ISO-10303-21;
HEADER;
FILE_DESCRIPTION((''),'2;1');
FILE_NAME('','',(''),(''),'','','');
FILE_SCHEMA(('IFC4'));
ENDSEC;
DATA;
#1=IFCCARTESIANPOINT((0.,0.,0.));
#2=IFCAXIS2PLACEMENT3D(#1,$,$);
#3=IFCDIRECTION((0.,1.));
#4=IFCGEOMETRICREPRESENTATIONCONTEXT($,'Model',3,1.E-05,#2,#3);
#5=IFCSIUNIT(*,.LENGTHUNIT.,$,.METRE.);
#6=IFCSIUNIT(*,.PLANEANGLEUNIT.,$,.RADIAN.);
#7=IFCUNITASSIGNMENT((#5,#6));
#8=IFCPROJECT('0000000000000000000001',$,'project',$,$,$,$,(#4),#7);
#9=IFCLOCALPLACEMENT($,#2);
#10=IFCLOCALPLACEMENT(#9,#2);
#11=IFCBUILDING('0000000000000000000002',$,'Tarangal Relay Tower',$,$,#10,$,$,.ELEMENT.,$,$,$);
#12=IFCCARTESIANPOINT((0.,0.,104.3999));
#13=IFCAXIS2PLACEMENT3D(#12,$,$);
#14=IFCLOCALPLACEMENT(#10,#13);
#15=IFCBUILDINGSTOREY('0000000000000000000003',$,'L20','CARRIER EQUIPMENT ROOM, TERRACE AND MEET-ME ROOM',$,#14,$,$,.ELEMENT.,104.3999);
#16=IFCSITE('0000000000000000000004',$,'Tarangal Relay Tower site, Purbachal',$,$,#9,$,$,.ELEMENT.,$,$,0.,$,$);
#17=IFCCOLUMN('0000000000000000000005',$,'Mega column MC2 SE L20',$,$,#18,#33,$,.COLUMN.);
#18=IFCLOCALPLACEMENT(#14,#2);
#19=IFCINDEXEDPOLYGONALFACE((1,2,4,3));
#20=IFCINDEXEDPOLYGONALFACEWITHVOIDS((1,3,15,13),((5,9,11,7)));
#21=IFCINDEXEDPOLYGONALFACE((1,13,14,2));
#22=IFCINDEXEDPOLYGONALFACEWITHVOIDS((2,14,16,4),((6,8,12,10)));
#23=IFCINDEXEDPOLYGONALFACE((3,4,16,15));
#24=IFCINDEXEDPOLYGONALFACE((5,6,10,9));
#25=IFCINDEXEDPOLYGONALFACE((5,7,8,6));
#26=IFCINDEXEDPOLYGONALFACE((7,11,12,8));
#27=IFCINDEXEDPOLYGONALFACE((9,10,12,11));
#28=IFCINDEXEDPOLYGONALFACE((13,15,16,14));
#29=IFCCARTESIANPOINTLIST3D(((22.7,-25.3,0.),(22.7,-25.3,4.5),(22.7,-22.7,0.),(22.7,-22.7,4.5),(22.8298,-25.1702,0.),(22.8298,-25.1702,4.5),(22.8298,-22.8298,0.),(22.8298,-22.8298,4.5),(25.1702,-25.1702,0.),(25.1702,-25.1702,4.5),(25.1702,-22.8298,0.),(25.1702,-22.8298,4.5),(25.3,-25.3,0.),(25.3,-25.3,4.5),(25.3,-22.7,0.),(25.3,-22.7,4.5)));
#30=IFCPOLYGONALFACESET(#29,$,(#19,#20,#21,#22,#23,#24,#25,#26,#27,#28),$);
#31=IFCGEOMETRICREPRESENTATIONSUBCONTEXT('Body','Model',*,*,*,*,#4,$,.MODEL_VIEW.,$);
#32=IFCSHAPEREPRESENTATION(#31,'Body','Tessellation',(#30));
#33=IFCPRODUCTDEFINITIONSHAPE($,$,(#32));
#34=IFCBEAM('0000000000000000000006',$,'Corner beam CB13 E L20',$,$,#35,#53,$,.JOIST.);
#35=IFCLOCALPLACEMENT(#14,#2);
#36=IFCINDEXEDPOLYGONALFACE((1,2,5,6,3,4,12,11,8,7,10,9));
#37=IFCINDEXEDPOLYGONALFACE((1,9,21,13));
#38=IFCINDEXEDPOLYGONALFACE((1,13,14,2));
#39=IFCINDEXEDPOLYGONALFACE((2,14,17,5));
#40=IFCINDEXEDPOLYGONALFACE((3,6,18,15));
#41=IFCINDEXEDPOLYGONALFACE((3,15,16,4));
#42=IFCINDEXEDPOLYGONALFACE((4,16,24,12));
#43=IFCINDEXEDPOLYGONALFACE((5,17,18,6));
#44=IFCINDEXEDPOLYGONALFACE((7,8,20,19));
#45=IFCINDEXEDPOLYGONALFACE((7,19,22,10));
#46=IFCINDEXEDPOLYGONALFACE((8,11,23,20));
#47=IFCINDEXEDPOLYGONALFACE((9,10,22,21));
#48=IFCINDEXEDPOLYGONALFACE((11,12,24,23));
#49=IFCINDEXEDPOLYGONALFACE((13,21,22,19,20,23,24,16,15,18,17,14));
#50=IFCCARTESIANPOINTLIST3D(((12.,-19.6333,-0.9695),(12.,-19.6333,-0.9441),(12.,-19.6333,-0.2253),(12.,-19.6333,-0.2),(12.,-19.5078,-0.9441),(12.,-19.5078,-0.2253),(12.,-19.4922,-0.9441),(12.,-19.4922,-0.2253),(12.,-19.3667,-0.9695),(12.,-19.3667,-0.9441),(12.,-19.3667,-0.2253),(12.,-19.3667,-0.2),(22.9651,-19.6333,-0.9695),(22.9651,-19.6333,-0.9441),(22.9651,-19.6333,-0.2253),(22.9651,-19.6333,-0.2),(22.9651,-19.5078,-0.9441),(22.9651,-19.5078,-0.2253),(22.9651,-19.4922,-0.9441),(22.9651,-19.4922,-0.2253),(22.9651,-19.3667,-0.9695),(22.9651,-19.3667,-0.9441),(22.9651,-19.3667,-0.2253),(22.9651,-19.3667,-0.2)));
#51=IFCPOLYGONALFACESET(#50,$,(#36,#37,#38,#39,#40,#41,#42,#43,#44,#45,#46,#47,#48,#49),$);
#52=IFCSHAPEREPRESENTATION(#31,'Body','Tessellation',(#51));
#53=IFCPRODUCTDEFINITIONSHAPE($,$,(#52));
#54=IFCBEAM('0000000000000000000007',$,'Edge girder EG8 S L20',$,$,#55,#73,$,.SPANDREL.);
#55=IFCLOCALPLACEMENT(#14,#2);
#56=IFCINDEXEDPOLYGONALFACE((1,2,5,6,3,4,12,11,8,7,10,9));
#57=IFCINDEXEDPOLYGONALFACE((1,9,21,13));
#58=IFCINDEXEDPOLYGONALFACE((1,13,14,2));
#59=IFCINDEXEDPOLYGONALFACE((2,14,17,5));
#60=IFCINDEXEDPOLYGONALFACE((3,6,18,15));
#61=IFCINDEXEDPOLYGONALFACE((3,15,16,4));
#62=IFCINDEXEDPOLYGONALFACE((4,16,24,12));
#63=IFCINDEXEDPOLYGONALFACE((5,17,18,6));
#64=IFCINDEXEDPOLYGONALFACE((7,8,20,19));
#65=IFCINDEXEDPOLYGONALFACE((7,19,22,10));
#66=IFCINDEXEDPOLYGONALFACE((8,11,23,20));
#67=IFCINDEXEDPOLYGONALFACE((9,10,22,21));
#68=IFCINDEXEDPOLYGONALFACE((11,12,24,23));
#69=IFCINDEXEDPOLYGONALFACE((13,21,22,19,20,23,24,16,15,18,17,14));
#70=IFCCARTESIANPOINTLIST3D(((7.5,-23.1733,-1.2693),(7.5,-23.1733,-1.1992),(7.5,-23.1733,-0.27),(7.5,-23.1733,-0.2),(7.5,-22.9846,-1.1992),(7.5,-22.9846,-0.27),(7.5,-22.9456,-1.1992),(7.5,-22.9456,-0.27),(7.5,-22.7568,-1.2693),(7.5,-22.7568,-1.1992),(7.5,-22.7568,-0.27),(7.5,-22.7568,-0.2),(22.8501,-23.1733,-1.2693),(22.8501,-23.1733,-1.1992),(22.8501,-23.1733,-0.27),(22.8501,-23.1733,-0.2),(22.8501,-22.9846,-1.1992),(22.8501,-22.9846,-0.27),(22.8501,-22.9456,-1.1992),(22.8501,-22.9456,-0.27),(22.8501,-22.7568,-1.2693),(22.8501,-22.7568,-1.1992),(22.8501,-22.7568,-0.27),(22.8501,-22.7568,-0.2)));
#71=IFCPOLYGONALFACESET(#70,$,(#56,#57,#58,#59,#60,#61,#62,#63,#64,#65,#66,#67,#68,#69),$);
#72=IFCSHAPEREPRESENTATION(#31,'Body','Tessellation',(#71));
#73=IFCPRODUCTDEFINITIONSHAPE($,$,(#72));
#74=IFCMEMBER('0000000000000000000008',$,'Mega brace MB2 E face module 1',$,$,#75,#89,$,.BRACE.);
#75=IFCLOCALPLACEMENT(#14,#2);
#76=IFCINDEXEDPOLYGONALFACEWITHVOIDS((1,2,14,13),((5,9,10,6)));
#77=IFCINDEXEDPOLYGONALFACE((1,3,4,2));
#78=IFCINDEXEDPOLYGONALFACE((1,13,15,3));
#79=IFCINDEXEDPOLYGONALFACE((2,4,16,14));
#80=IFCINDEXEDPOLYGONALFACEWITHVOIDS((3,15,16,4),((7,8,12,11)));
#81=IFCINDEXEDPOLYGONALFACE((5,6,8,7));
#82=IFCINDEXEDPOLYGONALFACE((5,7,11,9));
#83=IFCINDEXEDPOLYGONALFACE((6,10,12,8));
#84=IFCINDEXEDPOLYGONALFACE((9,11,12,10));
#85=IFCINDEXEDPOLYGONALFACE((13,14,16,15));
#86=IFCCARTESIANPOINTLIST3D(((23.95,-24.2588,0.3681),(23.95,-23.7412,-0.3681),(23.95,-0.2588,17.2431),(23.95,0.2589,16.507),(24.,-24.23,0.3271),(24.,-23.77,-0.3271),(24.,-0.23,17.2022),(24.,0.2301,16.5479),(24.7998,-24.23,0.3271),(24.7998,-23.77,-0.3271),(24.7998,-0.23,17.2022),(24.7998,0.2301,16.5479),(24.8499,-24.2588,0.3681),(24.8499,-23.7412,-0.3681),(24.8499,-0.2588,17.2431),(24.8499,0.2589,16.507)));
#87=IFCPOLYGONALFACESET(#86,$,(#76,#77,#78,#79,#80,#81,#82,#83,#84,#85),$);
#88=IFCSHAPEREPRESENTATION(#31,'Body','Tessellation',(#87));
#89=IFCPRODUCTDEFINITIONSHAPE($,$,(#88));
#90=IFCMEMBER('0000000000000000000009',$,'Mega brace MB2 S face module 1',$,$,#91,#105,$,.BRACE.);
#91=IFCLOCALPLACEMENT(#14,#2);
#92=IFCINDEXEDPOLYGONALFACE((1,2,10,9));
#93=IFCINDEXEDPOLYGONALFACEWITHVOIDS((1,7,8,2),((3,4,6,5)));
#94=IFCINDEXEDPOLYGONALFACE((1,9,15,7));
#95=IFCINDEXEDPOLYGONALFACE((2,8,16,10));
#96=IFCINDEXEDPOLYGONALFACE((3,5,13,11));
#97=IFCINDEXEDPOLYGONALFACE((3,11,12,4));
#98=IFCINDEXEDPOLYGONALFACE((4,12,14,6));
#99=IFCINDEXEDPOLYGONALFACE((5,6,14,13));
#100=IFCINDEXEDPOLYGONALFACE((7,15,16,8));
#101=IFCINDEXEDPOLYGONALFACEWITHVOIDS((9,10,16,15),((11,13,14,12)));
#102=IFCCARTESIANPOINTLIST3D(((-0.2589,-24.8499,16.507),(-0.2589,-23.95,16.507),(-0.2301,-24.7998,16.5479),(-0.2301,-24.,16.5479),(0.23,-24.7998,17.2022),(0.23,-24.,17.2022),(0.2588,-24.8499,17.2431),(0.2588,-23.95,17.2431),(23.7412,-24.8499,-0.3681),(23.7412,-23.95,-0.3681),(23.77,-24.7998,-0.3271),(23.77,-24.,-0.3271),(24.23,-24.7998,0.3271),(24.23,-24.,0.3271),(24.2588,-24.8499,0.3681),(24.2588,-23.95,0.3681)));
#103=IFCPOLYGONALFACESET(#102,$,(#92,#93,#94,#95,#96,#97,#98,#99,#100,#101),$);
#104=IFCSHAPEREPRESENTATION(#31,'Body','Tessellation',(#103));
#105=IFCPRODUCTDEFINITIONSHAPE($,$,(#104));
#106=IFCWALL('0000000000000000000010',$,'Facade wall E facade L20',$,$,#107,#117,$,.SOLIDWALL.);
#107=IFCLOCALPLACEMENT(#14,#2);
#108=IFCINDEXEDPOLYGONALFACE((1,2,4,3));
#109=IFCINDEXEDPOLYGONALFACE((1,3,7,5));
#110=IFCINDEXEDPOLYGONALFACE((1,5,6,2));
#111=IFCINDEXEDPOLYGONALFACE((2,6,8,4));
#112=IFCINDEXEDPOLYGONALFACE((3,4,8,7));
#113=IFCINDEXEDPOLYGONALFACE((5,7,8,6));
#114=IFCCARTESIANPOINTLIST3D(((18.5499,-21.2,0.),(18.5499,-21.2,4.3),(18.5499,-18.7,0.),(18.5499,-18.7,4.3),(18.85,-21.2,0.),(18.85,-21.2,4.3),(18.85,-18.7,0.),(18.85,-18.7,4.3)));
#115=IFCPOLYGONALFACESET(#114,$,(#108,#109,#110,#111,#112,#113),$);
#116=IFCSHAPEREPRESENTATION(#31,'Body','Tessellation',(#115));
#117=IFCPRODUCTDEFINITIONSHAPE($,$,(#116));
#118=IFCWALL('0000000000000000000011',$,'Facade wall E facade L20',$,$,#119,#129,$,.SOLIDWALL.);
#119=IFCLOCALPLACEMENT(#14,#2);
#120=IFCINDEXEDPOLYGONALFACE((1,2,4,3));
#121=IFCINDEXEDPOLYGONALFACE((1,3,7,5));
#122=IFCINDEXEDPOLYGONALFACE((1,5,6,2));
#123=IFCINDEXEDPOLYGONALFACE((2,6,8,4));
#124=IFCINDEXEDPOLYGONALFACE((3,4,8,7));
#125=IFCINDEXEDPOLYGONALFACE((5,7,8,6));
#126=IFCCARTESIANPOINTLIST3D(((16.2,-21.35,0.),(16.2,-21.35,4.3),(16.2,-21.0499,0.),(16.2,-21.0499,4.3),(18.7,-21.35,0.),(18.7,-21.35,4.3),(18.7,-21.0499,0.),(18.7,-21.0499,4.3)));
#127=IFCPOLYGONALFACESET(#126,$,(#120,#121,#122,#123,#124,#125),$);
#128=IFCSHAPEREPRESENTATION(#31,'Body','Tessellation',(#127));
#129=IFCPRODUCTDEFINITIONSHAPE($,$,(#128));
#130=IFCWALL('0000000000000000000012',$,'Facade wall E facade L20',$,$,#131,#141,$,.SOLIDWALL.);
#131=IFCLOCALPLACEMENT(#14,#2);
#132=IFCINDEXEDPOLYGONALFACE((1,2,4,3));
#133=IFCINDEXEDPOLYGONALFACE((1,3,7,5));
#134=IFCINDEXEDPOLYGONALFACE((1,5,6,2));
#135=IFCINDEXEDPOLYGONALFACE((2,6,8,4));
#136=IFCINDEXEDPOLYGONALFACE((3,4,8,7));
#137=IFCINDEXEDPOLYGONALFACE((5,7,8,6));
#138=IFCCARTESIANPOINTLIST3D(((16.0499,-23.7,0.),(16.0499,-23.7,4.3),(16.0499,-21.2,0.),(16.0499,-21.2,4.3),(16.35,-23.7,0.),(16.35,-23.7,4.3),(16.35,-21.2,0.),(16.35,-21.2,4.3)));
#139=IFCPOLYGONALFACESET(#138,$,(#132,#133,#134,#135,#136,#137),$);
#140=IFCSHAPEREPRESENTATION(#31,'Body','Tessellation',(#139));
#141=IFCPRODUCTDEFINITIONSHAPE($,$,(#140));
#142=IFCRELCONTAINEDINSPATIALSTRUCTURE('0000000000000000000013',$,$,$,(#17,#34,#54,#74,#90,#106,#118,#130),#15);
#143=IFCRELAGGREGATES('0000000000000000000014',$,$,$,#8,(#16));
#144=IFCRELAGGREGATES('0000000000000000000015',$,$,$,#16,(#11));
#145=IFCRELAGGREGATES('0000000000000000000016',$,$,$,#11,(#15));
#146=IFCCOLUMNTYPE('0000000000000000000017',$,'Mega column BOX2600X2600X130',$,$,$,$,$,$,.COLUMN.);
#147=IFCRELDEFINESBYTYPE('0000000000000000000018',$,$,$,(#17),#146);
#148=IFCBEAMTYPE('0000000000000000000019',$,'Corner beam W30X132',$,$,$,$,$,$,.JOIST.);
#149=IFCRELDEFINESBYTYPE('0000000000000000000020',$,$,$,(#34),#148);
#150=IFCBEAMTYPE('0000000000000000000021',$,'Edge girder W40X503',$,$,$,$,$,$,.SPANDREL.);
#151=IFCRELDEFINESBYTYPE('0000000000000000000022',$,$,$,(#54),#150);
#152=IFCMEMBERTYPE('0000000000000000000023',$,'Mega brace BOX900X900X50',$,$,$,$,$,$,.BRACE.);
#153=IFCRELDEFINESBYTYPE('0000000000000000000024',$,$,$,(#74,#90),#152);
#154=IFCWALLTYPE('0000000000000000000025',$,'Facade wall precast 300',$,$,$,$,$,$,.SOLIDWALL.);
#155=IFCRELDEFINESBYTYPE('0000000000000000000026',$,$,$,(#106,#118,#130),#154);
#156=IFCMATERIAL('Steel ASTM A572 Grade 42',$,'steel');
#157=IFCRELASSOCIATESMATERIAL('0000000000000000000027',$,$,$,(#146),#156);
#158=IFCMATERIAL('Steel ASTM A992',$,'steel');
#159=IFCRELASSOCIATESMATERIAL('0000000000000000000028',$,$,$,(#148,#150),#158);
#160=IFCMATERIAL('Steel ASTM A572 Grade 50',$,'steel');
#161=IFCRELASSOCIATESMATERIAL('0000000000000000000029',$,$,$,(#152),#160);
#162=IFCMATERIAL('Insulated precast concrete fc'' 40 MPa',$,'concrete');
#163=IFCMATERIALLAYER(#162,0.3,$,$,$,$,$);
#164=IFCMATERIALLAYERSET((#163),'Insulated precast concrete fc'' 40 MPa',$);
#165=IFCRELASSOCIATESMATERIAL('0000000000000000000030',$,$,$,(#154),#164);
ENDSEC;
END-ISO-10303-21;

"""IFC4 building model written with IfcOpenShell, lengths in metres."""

from ifc_helpers import new_model, si_unit, direction, frame, frame_2d, origin, origin_2d, place, context, subcontext, project, spatial, rectangle, hollow_rectangle, i_section, extrude, material, layer, layer_set, material_profile, profile_set, type_object, element, save


model = new_model("IFC4")

# Units and contexts
model_context = context("Model", 3, precision=1e-05, world=origin(), true_north=direction((0.0, 1.0)))
body_context = subcontext(model_context, "Body", "Model", "MODEL_VIEW")
ifc_project = project(units=[si_unit("LENGTHUNIT", "METRE"), si_unit("PLANEANGLEUNIT", "RADIAN")], contexts=[model_context])

# Site, building, storey
site_placement = place(None, origin())
site = spatial("IfcSite", under=ifc_project, at=site_placement, Name="Tarangal Relay Tower site, Purbachal", CompositionType="ELEMENT", RefElevation=0.0)
building_placement = place(site_placement, origin())
building = spatial("IfcBuilding", under=site, at=building_placement, Name="Tarangal Relay Tower", CompositionType="ELEMENT")
storey_placement = place(building_placement, frame((0.0, 0.0, 104.3999)))
storey = spatial("IfcBuildingStorey", under=building, at=storey_placement, Name="L20", Description="CARRIER EQUIPMENT ROOM, TERRACE AND MEET-ME ROOM", CompositionType="ELEMENT", Elevation=104.3999)

# Column
ifc_material_1 = material(Name="Steel ASTM A572 Grade 42", Category="steel")
ifc_material_profile_1 = material_profile(ifc_material_1, hollow_rectangle(XDim=2.6001, YDim=2.6001, WallThickness=0.1299, at=origin_2d()), Name="BOX2600X2600X130")
ifc_profile_set_1 = profile_set([ifc_material_profile_1], Name="Steel ASTM A572 Grade 42")
column_type = type_object("IfcColumnType", Name="Mega column BOX2600X2600X130", PredefinedType="COLUMN", material=ifc_profile_set_1)
column_placement = place(storey_placement, frame((24.0, -24.0, 0.0), z_axis=(0.0, 0.0, 1.0), x_axis=(1.0, 0.0, 0.0)))
element("IfcColumn", 1, at=column_placement, inside=storey, type_object=column_type, Name="Mega column MC2 SE L20", PredefinedType="COLUMN", context=body_context, shape_type="SweptSolid", body=[
    extrude(hollow_rectangle(XDim=2.6001, YDim=2.6001, WallThickness=0.1299, at=origin_2d()), origin(), (0.0, 0.0, 1.0), 4.5),
])

# Beams
ifc_material_2 = material(Name="Steel ASTM A992", Category="steel")
ifc_material_profile_2 = material_profile(ifc_material_2, i_section(OverallWidth=0.2666, OverallDepth=0.7695, WebThickness=0.0156, FlangeThickness=0.0254, at=origin_2d()), Name="W30X132")
ifc_profile_set_2 = profile_set([ifc_material_profile_2], Name="Steel ASTM A992")
beam_type_1 = type_object("IfcBeamType", Name="Corner beam W30X132", PredefinedType="JOIST", material=ifc_profile_set_2)
beam_1_placement = place(storey_placement, frame((12.0, -19.5, -0.5847), z_axis=(1.0, 0.0, 0.0), x_axis=(0.0, 1.0, 0.0)))
element("IfcBeam", 2, at=beam_1_placement, inside=storey, type_object=beam_type_1, Name="Corner beam CB13 E L20", PredefinedType="JOIST", context=body_context, shape_type="SweptSolid", body=[
    extrude(i_section(OverallWidth=0.2666, OverallDepth=0.7695, WebThickness=0.0156, FlangeThickness=0.0254, at=origin_2d()), origin(), (0.0, 0.0, 1.0), 10.9651),
])
ifc_material_profile_3 = material_profile(ifc_material_2, i_section(OverallWidth=0.4165, OverallDepth=1.0693, WebThickness=0.0391, FlangeThickness=0.0701, at=origin_2d()), Name="W40X503")
ifc_profile_set_3 = profile_set([ifc_material_profile_3], Name="Steel ASTM A992")
beam_type_2 = type_object("IfcBeamType", Name="Edge girder W40X503", PredefinedType="SPANDREL", material=ifc_profile_set_3)
beam_2_placement = place(storey_placement, frame((22.8501, -22.9651, -0.7346), z_axis=(-1.0, 0.0, 0.0), x_axis=(0.0, -1.0, 0.0)))
element("IfcBeam", 3, at=beam_2_placement, inside=storey, type_object=beam_type_2, Name="Edge girder EG8 S L20", PredefinedType="SPANDREL", context=body_context, shape_type="SweptSolid", body=[
    extrude(i_section(OverallWidth=0.4165, OverallDepth=1.0693, WebThickness=0.0391, FlangeThickness=0.0701, at=origin_2d()), origin(), (0.0, 0.0, 1.0), 15.3501),
])

# Members
ifc_material_3 = material(Name="Steel ASTM A572 Grade 50", Category="steel")
ifc_material_profile_4 = material_profile(ifc_material_3, hollow_rectangle(XDim=0.8999, YDim=0.8999, WallThickness=0.05, at=origin_2d()), Name="BOX900X900X50")
ifc_profile_set_4 = profile_set([ifc_material_profile_4], Name="Steel ASTM A572 Grade 50")
member_type = type_object("IfcMemberType", Name="Mega brace BOX900X900X50", PredefinedType="BRACE", material=ifc_profile_set_4)
for number, where, z_axis, x_axis, name in (
    (4, (24.3999, -24.0, 0.0), (0.0, 0.818029, 0.575177), (-1.0, 0.0, 0.0), "Mega brace MB2 E face module 1"),
    (5, (24.0, -24.3999, 0.0), (-0.818029, 0.0, 0.575177), (0.0, -1.0, 0.0), "Mega brace MB2 S face module 1"),
):
    element("IfcMember", number, at=place(storey_placement, frame(where, z_axis=z_axis, x_axis=x_axis)), inside=storey, type_object=member_type, Name=name, PredefinedType="BRACE", context=body_context, shape_type="SweptSolid", body=[
        extrude(hollow_rectangle(XDim=0.8999, YDim=0.8999, WallThickness=0.05, at=origin_2d()), origin(), (0.0, 0.0, 1.0), 29.3389),
    ])

# Shared definitions
ifc_material_4 = material(Name="Insulated precast concrete fc' 40 MPa", Category="concrete")
ifc_layer_1 = layer(ifc_material_4, 0.3)
ifc_layer_set_1 = layer_set([ifc_layer_1], Name="Insulated precast concrete fc' 40 MPa")
wall_type_1 = type_object("IfcWallType", Name="Facade wall precast 300", PredefinedType="SOLIDWALL", material=ifc_layer_set_1)

# Walls
for number, where, z_axis, x_axis, name in (
    (6, (18.7, -18.7, 0.0), (0.0, 0.0, 1.0), (0.0, -1.0, 0.0), "Facade wall E facade L20"),
    (7, (18.7, -21.2, 0.0), (0.0, 0.0, 1.0), (-1.0, 0.0, 0.0), "Facade wall E facade L20"),
    (8, (16.2, -21.2, 0.0), (0.0, 0.0, 1.0), (0.0, -1.0, 0.0), "Facade wall E facade L20"),
):
    element("IfcWall", number, at=place(storey_placement, frame(where, z_axis=z_axis, x_axis=x_axis)), inside=storey, type_object=wall_type_1, Name=name, PredefinedType="SOLIDWALL", context=body_context, shape_type="SweptSolid", body=[
        extrude(rectangle(XDim=2.5, YDim=0.3, at=frame_2d((1.25, 0.0))), origin(), (0.0, 0.0, 1.0), 4.3),
    ])

save(model, "model.ifc")
